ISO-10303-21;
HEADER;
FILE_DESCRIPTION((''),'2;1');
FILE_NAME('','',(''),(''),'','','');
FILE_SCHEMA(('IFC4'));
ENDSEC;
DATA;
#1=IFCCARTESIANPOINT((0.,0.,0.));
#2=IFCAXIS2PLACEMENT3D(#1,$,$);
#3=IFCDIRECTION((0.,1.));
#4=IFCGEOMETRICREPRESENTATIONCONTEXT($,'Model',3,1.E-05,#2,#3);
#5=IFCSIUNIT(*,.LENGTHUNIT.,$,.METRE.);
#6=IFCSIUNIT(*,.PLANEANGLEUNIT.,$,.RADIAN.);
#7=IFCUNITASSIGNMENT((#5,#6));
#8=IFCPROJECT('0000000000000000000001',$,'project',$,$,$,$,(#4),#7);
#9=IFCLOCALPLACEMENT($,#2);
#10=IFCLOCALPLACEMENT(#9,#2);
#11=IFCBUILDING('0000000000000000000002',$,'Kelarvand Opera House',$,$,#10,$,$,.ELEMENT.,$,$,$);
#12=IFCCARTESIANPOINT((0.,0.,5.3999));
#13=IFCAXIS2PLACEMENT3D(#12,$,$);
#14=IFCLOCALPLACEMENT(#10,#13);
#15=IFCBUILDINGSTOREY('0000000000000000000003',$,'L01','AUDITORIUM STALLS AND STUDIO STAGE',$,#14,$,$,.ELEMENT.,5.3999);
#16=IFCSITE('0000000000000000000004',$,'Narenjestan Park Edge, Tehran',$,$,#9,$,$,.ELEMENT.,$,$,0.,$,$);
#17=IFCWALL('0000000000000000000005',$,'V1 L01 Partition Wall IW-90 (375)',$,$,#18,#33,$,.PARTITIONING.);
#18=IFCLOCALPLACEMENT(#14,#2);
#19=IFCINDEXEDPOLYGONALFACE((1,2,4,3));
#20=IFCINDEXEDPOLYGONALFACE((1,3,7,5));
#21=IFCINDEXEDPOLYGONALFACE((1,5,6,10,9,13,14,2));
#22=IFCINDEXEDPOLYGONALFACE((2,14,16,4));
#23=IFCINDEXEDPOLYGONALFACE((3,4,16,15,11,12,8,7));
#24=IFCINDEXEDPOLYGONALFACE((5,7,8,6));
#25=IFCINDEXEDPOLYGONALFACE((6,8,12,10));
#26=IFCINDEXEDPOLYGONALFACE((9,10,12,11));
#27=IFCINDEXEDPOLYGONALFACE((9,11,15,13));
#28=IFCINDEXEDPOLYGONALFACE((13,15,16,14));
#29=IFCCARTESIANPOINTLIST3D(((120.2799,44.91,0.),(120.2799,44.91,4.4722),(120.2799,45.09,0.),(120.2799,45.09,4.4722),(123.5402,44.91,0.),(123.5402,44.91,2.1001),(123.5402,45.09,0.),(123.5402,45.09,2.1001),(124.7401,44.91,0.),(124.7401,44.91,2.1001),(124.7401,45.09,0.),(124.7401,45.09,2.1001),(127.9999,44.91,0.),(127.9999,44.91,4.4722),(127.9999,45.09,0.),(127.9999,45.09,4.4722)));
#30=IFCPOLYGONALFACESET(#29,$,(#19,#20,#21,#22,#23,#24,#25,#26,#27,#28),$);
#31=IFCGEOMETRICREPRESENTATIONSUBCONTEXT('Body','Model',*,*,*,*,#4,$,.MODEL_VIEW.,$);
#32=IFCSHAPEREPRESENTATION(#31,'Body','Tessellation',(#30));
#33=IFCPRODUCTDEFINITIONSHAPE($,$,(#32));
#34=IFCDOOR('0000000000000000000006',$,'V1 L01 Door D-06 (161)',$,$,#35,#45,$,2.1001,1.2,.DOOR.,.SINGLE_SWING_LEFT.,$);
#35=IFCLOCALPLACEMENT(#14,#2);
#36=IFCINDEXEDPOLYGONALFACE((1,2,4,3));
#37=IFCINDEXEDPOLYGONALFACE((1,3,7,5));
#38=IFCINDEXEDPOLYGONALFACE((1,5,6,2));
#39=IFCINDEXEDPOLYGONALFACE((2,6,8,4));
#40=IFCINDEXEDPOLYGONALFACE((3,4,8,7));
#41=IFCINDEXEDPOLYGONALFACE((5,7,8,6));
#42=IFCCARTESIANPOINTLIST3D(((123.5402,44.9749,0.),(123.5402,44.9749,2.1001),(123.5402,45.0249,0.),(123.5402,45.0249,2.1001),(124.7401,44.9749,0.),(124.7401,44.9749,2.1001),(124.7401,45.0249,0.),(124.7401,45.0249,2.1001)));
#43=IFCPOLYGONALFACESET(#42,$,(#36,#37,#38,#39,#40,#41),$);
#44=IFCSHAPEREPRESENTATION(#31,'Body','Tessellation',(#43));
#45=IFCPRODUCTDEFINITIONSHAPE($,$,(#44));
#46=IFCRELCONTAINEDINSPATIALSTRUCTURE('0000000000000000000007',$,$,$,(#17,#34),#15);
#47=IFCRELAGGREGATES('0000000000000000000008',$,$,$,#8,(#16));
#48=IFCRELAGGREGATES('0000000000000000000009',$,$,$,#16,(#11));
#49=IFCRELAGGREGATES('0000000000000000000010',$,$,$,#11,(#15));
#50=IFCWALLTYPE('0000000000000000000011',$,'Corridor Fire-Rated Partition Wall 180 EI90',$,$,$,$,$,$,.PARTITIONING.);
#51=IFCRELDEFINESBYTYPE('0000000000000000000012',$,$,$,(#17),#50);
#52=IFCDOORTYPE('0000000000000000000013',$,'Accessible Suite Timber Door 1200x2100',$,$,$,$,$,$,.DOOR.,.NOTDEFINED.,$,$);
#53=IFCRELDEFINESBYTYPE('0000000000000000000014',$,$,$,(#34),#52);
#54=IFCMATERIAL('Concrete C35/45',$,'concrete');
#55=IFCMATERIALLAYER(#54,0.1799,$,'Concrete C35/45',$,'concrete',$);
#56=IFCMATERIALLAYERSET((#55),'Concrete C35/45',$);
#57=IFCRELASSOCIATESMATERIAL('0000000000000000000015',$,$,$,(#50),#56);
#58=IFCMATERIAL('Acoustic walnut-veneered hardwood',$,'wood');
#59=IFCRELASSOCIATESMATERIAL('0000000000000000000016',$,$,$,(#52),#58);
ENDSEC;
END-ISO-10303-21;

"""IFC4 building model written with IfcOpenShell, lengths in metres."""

from ifc_helpers import new_model, si_unit, direction, frame, frame_2d, origin, place, context, subcontext, project, spatial, rectangle, extrude, material, layer, layer_set, type_object, element, fill, save


model = new_model("IFC4")

# Units and contexts
model_context = context("Model", 3, precision=1e-05, world=origin(), true_north=direction((0.0, 1.0)))
body_context = subcontext(model_context, "Body", "Model", "MODEL_VIEW")
ifc_project = project(units=[si_unit("LENGTHUNIT", "METRE"), si_unit("PLANEANGLEUNIT", "RADIAN")], contexts=[model_context])

# Site, building, storey
site_placement = place(None, origin())
site = spatial("IfcSite", under=ifc_project, at=site_placement, Name="Narenjestan Park Edge, Tehran", CompositionType="ELEMENT", RefElevation=0.0)
building_placement = place(site_placement, origin())
building = spatial("IfcBuilding", under=site, at=building_placement, Name="Kelarvand Opera House", CompositionType="ELEMENT")
storey_placement = place(building_placement, frame((0.0, 0.0, 5.3999)))
storey = spatial("IfcBuildingStorey", under=building, at=storey_placement, Name="L01", Description="AUDITORIUM STALLS AND STUDIO STAGE", CompositionType="ELEMENT", Elevation=5.3999)

# Wall, opening, door
ifc_material_1 = material(Name="Concrete C35/45", Category="concrete")
ifc_layer_1 = layer(ifc_material_1, 0.1799, Name="Concrete C35/45", Category="concrete")
ifc_layer_set_1 = layer_set([ifc_layer_1], Name="Concrete C35/45")
wall_type = type_object("IfcWallType", Name="Corridor Fire-Rated Partition Wall 180 EI90", PredefinedType="PARTITIONING", material=ifc_layer_set_1)
wall_placement = place(storey_placement, frame((120.28, 45.0, 0.0), z_axis=(0.0, 0.0, 1.0), x_axis=(1.0, 0.0, 0.0)))
wall = element("IfcWall", 1, at=wall_placement, inside=storey, type_object=wall_type, Name="V1 L01 Partition Wall IW-90 (375)", PredefinedType="PARTITIONING", context=body_context, shape_type="SweptSolid", body=[
    extrude(rectangle(XDim=7.72, YDim=0.1799, at=frame_2d((3.8599, 0.0))), origin(), (0.0, 0.0, 1.0), 4.4722),
])
opening_placement = place(wall_placement, frame((3.26, 0.0, 0.0)))
opening = element("IfcOpeningElement", 2, at=opening_placement, cuts=wall, PredefinedType="OPENING", context=body_context, shape_type="SweptSolid", body=[
    extrude(rectangle(XDim=1.2, YDim=2.1001, at=frame_2d((0.6001, 1.05))), frame((0.0, 0.1001, 0.0), z_axis=(0.0, -1.0, 0.0), x_axis=(1.0, 0.0, 0.0)), (0.0, 0.0, 1.0), 0.2),
])
ifc_material_2 = material(Name="Acoustic walnut-veneered hardwood", Category="wood")
door_type = type_object("IfcDoorType", Name="Accessible Suite Timber Door 1200x2100", OperationType="NOTDEFINED", PredefinedType="DOOR", material=ifc_material_2)
door_placement = place(opening_placement, origin())
door = element("IfcDoor", 3, at=door_placement, inside=storey, type_object=door_type, Name="V1 L01 Door D-06 (161)", OperationType="SINGLE_SWING_LEFT", OverallHeight=2.1001, OverallWidth=1.2, PredefinedType="DOOR", context=body_context, shape_type="SweptSolid", body=[
    extrude(rectangle(XDim=1.2, YDim=2.1001, at=frame_2d((0.6001, 1.05))), frame((0.0, 0.0249, 0.0), z_axis=(0.0, -1.0, 0.0), x_axis=(1.0, 0.0, 0.0)), (0.0, 0.0, 1.0), 0.05),
])
fill(opening, door)

save(model, "model.ifc")
